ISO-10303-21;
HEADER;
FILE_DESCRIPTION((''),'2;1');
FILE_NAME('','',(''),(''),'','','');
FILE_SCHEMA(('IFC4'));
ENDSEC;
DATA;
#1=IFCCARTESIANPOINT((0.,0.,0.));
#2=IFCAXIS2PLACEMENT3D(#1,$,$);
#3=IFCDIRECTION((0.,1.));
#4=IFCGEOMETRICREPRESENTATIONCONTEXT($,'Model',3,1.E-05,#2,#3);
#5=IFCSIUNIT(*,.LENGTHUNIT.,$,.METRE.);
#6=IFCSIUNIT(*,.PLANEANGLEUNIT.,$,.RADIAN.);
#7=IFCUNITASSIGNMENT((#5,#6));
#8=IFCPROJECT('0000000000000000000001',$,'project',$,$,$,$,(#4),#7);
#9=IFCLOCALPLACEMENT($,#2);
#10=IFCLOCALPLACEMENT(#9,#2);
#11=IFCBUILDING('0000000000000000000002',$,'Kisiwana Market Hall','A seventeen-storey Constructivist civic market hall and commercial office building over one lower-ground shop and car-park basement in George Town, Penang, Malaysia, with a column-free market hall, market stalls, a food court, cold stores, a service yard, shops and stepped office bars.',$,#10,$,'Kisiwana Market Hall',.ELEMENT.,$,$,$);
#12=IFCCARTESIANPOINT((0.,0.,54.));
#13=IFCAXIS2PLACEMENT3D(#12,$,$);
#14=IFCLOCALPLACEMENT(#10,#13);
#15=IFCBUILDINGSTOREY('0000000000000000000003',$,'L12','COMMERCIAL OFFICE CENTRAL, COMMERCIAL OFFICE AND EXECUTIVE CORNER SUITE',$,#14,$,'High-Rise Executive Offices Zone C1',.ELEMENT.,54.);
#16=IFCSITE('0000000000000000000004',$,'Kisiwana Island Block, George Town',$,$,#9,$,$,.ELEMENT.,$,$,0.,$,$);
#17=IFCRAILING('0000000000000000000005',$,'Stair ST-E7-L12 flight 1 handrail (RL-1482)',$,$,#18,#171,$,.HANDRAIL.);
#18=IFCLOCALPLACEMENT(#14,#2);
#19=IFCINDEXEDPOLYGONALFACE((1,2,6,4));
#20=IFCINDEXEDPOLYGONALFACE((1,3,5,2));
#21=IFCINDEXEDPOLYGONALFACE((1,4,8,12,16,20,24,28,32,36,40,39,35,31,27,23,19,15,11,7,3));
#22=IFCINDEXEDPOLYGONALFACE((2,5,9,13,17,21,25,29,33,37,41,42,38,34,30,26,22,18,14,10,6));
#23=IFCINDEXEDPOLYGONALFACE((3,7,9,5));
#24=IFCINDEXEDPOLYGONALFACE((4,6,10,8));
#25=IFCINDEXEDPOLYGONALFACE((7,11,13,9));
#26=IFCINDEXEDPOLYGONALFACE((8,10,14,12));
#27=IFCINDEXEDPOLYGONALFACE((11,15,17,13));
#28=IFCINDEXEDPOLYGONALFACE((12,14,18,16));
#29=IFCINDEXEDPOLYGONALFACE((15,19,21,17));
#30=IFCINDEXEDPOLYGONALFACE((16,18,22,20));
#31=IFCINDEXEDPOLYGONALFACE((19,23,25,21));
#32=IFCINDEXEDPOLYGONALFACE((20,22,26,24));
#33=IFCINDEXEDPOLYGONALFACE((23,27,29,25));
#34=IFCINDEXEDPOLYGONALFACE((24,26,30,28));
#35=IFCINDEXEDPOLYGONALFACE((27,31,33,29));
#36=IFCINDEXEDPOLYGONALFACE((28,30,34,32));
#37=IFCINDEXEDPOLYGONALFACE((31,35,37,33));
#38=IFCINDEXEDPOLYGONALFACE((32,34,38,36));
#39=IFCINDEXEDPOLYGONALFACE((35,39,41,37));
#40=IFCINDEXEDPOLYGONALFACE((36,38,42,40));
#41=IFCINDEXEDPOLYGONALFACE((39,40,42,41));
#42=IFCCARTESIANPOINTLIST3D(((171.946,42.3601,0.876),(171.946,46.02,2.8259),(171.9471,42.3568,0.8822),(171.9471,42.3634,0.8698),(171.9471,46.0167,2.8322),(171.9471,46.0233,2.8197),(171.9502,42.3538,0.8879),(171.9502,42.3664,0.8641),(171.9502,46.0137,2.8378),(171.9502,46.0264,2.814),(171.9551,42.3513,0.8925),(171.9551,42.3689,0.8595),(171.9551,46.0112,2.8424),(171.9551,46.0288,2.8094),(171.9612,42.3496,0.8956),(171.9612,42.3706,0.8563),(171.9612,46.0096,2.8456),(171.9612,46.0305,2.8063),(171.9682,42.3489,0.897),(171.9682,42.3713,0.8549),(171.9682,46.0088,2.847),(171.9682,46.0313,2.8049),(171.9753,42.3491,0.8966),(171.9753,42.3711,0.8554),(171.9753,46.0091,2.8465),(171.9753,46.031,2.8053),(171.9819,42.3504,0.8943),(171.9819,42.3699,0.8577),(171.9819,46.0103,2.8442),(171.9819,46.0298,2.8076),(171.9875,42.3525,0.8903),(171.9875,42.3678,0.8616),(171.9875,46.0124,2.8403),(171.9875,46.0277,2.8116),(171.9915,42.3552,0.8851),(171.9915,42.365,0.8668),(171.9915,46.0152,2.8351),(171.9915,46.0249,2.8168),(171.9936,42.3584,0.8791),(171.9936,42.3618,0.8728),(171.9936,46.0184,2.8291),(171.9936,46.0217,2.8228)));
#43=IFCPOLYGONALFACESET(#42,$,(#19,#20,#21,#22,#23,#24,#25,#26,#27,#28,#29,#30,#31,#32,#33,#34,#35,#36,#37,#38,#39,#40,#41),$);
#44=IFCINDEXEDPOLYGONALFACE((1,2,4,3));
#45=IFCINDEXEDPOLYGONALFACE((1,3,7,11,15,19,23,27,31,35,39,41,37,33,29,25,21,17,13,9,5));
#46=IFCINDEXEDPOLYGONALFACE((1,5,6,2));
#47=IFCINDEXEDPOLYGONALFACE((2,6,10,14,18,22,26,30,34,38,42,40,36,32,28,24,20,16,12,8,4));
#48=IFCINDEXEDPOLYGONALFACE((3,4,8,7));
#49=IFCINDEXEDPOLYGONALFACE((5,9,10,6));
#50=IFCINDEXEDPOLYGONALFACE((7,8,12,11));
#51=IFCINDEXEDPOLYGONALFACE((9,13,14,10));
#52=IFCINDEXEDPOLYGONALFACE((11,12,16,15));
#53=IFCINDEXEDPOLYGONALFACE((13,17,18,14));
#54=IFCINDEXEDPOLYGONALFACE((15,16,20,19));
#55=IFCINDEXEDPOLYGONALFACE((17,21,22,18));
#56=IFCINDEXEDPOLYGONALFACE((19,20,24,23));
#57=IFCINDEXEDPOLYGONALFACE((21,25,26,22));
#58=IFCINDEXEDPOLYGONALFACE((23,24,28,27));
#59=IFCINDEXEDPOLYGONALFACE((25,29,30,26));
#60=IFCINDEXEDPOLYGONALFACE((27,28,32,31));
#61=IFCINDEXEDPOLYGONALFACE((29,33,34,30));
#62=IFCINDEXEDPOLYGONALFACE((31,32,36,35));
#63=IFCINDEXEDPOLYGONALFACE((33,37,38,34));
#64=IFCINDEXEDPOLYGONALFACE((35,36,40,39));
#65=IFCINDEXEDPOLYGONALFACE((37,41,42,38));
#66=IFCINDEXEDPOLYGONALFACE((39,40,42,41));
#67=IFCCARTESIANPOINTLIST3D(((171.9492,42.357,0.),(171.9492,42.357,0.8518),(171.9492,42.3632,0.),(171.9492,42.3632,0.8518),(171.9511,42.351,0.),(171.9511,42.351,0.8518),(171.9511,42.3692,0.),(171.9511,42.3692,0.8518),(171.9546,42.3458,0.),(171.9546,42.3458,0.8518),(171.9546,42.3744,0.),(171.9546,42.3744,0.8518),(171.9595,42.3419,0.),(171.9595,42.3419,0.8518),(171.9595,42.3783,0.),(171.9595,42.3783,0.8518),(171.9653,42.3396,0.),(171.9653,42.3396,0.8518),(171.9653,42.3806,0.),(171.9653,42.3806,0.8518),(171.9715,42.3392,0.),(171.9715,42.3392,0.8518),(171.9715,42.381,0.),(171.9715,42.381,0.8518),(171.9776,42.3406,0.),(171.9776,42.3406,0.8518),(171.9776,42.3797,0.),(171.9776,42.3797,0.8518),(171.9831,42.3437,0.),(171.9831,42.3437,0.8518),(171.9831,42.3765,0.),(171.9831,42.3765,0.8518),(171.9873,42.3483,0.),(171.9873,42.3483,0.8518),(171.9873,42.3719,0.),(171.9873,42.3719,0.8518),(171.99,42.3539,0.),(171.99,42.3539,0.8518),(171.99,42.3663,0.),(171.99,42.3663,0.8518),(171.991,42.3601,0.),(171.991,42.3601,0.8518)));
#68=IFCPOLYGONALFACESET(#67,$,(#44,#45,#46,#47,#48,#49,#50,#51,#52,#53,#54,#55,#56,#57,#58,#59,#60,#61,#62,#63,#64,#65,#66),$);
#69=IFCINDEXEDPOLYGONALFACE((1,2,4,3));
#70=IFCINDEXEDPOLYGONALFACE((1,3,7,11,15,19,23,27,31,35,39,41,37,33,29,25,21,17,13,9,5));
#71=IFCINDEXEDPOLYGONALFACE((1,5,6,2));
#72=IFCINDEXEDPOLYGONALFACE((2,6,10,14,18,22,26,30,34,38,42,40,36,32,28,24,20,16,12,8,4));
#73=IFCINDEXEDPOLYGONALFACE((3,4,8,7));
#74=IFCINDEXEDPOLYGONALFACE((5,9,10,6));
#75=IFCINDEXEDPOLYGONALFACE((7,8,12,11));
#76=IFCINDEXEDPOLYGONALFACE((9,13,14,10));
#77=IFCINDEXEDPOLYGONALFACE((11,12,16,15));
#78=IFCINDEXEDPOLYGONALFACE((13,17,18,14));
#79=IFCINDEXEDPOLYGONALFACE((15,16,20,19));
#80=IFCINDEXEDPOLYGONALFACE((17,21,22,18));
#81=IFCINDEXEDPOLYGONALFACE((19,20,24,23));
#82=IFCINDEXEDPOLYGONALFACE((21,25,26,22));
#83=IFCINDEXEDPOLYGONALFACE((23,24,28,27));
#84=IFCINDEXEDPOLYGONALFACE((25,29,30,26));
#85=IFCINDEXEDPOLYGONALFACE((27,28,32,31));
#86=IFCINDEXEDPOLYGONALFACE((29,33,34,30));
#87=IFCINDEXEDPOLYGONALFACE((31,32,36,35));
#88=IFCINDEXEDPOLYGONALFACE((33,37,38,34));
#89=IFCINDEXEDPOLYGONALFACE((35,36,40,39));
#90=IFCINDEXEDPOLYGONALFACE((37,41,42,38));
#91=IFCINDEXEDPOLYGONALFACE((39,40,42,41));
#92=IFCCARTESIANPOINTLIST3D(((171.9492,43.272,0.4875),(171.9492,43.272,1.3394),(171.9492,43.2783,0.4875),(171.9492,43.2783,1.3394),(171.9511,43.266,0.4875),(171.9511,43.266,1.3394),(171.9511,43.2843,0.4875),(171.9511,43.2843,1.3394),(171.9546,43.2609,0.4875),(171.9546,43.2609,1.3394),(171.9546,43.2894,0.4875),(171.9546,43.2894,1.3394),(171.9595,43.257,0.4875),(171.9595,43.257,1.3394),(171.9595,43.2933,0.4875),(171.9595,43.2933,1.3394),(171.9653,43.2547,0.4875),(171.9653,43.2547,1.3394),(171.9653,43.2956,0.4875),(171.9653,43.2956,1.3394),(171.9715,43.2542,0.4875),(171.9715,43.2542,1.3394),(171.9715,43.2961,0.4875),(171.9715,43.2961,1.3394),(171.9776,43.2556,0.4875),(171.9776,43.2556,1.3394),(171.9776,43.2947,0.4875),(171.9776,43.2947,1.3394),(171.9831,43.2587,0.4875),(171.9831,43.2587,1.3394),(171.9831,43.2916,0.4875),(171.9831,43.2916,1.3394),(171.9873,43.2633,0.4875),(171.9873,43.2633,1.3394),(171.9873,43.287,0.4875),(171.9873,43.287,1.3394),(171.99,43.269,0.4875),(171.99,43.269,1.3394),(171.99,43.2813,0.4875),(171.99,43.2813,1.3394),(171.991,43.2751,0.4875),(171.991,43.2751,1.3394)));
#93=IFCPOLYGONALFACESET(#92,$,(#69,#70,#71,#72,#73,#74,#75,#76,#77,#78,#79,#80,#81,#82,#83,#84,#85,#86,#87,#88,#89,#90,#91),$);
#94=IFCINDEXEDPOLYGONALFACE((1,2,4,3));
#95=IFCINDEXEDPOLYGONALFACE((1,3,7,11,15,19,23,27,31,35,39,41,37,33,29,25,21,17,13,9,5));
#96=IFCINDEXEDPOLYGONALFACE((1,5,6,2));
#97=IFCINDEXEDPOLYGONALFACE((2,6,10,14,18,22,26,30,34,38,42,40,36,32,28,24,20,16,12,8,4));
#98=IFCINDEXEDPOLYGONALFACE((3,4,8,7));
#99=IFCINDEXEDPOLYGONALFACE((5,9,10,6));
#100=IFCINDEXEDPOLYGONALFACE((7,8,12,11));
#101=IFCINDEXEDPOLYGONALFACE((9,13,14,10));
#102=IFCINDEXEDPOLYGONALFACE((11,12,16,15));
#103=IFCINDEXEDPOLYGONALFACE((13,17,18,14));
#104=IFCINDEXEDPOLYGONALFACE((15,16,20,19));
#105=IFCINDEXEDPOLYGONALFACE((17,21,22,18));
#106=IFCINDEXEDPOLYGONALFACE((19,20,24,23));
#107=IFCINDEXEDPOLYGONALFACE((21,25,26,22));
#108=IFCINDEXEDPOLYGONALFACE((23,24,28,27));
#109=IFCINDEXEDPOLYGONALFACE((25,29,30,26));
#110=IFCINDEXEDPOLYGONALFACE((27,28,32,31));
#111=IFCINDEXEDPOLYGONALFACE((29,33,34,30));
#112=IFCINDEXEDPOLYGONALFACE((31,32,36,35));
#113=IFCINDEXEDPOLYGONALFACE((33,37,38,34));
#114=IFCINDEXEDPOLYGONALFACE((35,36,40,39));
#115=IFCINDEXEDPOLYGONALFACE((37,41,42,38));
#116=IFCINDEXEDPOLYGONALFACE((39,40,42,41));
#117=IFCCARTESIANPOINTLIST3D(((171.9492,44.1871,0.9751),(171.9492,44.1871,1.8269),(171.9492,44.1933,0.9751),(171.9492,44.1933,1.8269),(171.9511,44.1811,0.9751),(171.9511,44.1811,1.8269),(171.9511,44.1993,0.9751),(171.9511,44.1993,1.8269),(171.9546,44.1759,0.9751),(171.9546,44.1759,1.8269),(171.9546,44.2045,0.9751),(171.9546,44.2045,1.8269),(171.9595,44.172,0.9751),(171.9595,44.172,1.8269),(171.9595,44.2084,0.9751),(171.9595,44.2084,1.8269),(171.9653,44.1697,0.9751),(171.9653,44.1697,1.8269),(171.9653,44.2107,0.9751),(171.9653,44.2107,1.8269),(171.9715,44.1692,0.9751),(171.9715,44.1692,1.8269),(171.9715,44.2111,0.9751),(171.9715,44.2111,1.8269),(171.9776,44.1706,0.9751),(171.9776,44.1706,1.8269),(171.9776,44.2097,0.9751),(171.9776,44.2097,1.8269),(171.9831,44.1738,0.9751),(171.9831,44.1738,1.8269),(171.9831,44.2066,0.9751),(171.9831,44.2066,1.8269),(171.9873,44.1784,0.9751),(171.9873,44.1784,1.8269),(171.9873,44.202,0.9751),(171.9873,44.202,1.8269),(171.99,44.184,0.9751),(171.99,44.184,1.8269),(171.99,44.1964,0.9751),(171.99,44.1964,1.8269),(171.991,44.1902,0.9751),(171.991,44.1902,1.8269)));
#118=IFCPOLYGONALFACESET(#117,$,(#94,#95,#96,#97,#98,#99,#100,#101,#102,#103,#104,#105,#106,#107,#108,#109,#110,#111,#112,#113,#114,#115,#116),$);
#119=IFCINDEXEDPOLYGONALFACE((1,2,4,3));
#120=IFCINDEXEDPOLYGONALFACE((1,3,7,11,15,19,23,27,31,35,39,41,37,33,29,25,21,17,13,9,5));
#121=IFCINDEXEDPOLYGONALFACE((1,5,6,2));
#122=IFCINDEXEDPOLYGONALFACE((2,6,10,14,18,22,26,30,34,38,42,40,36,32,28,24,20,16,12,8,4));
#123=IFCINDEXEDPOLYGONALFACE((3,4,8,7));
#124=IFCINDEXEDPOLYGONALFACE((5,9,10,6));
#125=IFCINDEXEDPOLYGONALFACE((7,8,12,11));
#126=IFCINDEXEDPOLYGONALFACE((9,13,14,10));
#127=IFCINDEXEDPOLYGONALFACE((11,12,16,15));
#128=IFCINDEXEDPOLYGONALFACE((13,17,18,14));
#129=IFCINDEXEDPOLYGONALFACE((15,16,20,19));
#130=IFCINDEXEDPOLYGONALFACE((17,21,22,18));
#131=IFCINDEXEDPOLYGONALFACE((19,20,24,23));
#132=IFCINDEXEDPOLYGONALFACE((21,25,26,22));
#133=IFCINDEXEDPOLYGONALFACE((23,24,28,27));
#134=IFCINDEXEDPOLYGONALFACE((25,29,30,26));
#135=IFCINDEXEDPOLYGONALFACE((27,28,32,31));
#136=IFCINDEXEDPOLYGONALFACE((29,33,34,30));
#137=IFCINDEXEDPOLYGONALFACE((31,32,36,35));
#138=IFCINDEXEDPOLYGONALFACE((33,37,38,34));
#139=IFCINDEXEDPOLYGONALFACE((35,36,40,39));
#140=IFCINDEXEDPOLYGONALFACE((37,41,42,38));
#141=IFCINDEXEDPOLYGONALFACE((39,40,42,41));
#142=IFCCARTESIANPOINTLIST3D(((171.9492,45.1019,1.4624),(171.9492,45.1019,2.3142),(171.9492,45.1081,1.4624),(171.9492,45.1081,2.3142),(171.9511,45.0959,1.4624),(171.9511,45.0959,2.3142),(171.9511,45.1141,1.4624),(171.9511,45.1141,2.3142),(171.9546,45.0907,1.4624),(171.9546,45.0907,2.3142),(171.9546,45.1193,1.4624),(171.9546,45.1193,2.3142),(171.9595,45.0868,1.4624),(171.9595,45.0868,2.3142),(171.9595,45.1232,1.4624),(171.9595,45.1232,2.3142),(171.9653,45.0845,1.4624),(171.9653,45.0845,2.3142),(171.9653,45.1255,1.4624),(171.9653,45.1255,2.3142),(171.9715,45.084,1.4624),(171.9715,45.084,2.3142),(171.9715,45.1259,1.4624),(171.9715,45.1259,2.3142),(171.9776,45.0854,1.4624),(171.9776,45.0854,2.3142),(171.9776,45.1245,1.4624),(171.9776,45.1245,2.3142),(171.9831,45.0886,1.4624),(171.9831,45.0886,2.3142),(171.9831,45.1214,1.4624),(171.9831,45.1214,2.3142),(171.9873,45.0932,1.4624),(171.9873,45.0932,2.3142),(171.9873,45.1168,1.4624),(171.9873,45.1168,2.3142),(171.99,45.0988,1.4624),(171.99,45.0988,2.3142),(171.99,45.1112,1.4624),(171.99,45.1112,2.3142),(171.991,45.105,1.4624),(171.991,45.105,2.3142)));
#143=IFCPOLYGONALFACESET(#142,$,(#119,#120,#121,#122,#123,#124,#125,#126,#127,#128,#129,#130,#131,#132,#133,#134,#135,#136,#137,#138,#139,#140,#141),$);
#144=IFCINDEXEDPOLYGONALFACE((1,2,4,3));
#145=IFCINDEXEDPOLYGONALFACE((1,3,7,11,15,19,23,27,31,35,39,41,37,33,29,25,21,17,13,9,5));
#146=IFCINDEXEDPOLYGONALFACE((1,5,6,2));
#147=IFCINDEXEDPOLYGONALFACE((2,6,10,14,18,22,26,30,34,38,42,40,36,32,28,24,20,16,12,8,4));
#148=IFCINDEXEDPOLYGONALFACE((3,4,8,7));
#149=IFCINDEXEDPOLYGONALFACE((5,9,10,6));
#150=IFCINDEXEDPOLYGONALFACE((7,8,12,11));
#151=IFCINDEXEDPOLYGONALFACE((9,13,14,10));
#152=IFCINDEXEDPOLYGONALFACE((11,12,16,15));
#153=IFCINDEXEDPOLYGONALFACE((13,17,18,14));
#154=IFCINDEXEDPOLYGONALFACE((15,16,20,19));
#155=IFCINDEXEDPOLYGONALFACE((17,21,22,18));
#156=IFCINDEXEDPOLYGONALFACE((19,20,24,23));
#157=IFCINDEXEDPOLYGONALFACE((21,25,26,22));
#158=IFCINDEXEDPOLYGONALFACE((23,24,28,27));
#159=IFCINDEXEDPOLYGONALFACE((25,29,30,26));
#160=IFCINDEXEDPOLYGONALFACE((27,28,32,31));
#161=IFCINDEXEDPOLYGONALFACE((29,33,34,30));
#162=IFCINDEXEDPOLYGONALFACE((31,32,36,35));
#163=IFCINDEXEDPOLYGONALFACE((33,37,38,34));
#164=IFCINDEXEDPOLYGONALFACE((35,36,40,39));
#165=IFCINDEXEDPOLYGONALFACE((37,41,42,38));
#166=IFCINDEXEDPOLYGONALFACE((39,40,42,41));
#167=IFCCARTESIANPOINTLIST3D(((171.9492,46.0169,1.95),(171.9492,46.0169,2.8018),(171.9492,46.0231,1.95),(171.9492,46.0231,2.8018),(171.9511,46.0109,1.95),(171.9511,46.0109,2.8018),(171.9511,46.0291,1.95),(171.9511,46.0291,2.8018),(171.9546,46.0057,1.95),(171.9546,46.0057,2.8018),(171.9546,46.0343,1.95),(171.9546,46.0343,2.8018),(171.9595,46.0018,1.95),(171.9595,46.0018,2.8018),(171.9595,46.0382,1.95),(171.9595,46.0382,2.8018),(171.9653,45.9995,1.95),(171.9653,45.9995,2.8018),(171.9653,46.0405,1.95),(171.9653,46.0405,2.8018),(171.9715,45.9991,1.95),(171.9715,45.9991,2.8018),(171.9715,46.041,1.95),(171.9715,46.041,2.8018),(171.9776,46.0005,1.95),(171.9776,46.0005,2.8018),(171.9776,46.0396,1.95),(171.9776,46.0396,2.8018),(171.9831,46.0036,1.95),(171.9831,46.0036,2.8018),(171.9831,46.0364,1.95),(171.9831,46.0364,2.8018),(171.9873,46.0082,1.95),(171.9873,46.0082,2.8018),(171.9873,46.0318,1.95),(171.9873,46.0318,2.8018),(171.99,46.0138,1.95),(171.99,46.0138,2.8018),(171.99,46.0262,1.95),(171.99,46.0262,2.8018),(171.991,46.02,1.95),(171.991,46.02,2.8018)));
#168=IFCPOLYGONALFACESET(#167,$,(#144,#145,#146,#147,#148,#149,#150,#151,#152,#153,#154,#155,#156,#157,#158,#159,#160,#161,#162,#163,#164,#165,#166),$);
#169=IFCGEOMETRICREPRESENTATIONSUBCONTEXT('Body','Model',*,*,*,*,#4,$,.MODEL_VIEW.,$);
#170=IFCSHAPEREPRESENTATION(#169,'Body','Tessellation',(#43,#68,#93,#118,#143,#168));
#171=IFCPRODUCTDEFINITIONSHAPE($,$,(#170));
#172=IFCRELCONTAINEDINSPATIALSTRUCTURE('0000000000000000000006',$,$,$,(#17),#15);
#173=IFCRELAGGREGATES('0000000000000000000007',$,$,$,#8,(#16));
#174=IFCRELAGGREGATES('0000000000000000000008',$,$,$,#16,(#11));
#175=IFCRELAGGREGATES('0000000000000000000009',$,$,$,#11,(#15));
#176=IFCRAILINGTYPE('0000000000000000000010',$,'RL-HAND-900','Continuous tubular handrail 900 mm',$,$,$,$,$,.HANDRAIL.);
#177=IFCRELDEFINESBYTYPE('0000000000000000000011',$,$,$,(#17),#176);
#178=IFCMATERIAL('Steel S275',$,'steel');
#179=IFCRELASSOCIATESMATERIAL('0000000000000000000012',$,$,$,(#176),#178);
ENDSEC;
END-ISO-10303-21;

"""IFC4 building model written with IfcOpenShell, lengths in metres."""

from ifc_helpers import new_model, si_unit, direction, frame, origin, origin_2d, place, context, subcontext, project, spatial, circle, extrude, material, type_object, element, save


model = new_model("IFC4")

# Units and contexts
model_context = context("Model", 3, precision=1e-05, world=origin(), true_north=direction((0.0, 1.0)))
body_context = subcontext(model_context, "Body", "Model", "MODEL_VIEW")
ifc_project = project(units=[si_unit("LENGTHUNIT", "METRE"), si_unit("PLANEANGLEUNIT", "RADIAN")], contexts=[model_context])

# Site, building, storey
site_placement = place(None, origin())
site = spatial("IfcSite", under=ifc_project, at=site_placement, Name="Kisiwana Island Block, George Town", CompositionType="ELEMENT", RefElevation=0.0)
building_placement = place(site_placement, origin())
building = spatial("IfcBuilding", under=site, at=building_placement, Name="Kisiwana Market Hall", Description="A seventeen-storey Constructivist civic market hall and commercial office building over one lower-ground shop and car-park basement in George Town, Penang, Malaysia, with a column-free market hall, market stalls, a food court, cold stores, a service yard, shops and stepped office bars.", LongName="Kisiwana Market Hall", CompositionType="ELEMENT")
storey_placement = place(building_placement, frame((0.0, 0.0, 54.0)))
storey = spatial("IfcBuildingStorey", under=building, at=storey_placement, Name="L12", Description="COMMERCIAL OFFICE CENTRAL, COMMERCIAL OFFICE AND EXECUTIVE CORNER SUITE", LongName="High-Rise Executive Offices Zone C1", CompositionType="ELEMENT", Elevation=54.0)

# Railing
ifc_material_1 = material(Name="Steel S275", Category="steel")
railing_type_1 = type_object("IfcRailingType", Name="RL-HAND-900", Description="Continuous tubular handrail 900 mm", PredefinedType="HANDRAIL", material=ifc_material_1)
railing_1_placement = place(storey_placement, frame((171.97, 42.3601, 0.0)))
element("IfcRailing", 1, at=railing_1_placement, inside=storey, type_object=railing_type_1, Name="Stair ST-E7-L12 flight 1 handrail (RL-1482)", PredefinedType="HANDRAIL", context=body_context, shape_type="SweptSolid", body=[
    extrude(circle(Radius=0.0239, at=origin_2d()), frame((0.0, 0.0, 0.876), z_axis=(0.0, 0.882553, 0.470212), x_axis=(-1.0, 0.0, 0.0)), (0.0, 0.0, 1.0), 4.147),
    extrude(circle(Radius=0.021, at=origin_2d()), origin(), (0.0, 0.0, 1.0), 0.8518),
    extrude(circle(Radius=0.021, at=origin_2d()), frame((0.0, 0.915, 0.4875)), (0.0, 0.0, 1.0), 0.8518),
    extrude(circle(Radius=0.021, at=origin_2d()), frame((0.0, 1.8301, 0.9751)), (0.0, 0.0, 1.0), 0.8518),
    extrude(circle(Radius=0.021, at=origin_2d()), frame((0.0, 2.7449, 1.4624)), (0.0, 0.0, 1.0), 0.8518),
    extrude(circle(Radius=0.021, at=origin_2d()), frame((0.0, 3.6599, 1.95)), (0.0, 0.0, 1.0), 0.8518),
])

save(model, "model.ifc")
